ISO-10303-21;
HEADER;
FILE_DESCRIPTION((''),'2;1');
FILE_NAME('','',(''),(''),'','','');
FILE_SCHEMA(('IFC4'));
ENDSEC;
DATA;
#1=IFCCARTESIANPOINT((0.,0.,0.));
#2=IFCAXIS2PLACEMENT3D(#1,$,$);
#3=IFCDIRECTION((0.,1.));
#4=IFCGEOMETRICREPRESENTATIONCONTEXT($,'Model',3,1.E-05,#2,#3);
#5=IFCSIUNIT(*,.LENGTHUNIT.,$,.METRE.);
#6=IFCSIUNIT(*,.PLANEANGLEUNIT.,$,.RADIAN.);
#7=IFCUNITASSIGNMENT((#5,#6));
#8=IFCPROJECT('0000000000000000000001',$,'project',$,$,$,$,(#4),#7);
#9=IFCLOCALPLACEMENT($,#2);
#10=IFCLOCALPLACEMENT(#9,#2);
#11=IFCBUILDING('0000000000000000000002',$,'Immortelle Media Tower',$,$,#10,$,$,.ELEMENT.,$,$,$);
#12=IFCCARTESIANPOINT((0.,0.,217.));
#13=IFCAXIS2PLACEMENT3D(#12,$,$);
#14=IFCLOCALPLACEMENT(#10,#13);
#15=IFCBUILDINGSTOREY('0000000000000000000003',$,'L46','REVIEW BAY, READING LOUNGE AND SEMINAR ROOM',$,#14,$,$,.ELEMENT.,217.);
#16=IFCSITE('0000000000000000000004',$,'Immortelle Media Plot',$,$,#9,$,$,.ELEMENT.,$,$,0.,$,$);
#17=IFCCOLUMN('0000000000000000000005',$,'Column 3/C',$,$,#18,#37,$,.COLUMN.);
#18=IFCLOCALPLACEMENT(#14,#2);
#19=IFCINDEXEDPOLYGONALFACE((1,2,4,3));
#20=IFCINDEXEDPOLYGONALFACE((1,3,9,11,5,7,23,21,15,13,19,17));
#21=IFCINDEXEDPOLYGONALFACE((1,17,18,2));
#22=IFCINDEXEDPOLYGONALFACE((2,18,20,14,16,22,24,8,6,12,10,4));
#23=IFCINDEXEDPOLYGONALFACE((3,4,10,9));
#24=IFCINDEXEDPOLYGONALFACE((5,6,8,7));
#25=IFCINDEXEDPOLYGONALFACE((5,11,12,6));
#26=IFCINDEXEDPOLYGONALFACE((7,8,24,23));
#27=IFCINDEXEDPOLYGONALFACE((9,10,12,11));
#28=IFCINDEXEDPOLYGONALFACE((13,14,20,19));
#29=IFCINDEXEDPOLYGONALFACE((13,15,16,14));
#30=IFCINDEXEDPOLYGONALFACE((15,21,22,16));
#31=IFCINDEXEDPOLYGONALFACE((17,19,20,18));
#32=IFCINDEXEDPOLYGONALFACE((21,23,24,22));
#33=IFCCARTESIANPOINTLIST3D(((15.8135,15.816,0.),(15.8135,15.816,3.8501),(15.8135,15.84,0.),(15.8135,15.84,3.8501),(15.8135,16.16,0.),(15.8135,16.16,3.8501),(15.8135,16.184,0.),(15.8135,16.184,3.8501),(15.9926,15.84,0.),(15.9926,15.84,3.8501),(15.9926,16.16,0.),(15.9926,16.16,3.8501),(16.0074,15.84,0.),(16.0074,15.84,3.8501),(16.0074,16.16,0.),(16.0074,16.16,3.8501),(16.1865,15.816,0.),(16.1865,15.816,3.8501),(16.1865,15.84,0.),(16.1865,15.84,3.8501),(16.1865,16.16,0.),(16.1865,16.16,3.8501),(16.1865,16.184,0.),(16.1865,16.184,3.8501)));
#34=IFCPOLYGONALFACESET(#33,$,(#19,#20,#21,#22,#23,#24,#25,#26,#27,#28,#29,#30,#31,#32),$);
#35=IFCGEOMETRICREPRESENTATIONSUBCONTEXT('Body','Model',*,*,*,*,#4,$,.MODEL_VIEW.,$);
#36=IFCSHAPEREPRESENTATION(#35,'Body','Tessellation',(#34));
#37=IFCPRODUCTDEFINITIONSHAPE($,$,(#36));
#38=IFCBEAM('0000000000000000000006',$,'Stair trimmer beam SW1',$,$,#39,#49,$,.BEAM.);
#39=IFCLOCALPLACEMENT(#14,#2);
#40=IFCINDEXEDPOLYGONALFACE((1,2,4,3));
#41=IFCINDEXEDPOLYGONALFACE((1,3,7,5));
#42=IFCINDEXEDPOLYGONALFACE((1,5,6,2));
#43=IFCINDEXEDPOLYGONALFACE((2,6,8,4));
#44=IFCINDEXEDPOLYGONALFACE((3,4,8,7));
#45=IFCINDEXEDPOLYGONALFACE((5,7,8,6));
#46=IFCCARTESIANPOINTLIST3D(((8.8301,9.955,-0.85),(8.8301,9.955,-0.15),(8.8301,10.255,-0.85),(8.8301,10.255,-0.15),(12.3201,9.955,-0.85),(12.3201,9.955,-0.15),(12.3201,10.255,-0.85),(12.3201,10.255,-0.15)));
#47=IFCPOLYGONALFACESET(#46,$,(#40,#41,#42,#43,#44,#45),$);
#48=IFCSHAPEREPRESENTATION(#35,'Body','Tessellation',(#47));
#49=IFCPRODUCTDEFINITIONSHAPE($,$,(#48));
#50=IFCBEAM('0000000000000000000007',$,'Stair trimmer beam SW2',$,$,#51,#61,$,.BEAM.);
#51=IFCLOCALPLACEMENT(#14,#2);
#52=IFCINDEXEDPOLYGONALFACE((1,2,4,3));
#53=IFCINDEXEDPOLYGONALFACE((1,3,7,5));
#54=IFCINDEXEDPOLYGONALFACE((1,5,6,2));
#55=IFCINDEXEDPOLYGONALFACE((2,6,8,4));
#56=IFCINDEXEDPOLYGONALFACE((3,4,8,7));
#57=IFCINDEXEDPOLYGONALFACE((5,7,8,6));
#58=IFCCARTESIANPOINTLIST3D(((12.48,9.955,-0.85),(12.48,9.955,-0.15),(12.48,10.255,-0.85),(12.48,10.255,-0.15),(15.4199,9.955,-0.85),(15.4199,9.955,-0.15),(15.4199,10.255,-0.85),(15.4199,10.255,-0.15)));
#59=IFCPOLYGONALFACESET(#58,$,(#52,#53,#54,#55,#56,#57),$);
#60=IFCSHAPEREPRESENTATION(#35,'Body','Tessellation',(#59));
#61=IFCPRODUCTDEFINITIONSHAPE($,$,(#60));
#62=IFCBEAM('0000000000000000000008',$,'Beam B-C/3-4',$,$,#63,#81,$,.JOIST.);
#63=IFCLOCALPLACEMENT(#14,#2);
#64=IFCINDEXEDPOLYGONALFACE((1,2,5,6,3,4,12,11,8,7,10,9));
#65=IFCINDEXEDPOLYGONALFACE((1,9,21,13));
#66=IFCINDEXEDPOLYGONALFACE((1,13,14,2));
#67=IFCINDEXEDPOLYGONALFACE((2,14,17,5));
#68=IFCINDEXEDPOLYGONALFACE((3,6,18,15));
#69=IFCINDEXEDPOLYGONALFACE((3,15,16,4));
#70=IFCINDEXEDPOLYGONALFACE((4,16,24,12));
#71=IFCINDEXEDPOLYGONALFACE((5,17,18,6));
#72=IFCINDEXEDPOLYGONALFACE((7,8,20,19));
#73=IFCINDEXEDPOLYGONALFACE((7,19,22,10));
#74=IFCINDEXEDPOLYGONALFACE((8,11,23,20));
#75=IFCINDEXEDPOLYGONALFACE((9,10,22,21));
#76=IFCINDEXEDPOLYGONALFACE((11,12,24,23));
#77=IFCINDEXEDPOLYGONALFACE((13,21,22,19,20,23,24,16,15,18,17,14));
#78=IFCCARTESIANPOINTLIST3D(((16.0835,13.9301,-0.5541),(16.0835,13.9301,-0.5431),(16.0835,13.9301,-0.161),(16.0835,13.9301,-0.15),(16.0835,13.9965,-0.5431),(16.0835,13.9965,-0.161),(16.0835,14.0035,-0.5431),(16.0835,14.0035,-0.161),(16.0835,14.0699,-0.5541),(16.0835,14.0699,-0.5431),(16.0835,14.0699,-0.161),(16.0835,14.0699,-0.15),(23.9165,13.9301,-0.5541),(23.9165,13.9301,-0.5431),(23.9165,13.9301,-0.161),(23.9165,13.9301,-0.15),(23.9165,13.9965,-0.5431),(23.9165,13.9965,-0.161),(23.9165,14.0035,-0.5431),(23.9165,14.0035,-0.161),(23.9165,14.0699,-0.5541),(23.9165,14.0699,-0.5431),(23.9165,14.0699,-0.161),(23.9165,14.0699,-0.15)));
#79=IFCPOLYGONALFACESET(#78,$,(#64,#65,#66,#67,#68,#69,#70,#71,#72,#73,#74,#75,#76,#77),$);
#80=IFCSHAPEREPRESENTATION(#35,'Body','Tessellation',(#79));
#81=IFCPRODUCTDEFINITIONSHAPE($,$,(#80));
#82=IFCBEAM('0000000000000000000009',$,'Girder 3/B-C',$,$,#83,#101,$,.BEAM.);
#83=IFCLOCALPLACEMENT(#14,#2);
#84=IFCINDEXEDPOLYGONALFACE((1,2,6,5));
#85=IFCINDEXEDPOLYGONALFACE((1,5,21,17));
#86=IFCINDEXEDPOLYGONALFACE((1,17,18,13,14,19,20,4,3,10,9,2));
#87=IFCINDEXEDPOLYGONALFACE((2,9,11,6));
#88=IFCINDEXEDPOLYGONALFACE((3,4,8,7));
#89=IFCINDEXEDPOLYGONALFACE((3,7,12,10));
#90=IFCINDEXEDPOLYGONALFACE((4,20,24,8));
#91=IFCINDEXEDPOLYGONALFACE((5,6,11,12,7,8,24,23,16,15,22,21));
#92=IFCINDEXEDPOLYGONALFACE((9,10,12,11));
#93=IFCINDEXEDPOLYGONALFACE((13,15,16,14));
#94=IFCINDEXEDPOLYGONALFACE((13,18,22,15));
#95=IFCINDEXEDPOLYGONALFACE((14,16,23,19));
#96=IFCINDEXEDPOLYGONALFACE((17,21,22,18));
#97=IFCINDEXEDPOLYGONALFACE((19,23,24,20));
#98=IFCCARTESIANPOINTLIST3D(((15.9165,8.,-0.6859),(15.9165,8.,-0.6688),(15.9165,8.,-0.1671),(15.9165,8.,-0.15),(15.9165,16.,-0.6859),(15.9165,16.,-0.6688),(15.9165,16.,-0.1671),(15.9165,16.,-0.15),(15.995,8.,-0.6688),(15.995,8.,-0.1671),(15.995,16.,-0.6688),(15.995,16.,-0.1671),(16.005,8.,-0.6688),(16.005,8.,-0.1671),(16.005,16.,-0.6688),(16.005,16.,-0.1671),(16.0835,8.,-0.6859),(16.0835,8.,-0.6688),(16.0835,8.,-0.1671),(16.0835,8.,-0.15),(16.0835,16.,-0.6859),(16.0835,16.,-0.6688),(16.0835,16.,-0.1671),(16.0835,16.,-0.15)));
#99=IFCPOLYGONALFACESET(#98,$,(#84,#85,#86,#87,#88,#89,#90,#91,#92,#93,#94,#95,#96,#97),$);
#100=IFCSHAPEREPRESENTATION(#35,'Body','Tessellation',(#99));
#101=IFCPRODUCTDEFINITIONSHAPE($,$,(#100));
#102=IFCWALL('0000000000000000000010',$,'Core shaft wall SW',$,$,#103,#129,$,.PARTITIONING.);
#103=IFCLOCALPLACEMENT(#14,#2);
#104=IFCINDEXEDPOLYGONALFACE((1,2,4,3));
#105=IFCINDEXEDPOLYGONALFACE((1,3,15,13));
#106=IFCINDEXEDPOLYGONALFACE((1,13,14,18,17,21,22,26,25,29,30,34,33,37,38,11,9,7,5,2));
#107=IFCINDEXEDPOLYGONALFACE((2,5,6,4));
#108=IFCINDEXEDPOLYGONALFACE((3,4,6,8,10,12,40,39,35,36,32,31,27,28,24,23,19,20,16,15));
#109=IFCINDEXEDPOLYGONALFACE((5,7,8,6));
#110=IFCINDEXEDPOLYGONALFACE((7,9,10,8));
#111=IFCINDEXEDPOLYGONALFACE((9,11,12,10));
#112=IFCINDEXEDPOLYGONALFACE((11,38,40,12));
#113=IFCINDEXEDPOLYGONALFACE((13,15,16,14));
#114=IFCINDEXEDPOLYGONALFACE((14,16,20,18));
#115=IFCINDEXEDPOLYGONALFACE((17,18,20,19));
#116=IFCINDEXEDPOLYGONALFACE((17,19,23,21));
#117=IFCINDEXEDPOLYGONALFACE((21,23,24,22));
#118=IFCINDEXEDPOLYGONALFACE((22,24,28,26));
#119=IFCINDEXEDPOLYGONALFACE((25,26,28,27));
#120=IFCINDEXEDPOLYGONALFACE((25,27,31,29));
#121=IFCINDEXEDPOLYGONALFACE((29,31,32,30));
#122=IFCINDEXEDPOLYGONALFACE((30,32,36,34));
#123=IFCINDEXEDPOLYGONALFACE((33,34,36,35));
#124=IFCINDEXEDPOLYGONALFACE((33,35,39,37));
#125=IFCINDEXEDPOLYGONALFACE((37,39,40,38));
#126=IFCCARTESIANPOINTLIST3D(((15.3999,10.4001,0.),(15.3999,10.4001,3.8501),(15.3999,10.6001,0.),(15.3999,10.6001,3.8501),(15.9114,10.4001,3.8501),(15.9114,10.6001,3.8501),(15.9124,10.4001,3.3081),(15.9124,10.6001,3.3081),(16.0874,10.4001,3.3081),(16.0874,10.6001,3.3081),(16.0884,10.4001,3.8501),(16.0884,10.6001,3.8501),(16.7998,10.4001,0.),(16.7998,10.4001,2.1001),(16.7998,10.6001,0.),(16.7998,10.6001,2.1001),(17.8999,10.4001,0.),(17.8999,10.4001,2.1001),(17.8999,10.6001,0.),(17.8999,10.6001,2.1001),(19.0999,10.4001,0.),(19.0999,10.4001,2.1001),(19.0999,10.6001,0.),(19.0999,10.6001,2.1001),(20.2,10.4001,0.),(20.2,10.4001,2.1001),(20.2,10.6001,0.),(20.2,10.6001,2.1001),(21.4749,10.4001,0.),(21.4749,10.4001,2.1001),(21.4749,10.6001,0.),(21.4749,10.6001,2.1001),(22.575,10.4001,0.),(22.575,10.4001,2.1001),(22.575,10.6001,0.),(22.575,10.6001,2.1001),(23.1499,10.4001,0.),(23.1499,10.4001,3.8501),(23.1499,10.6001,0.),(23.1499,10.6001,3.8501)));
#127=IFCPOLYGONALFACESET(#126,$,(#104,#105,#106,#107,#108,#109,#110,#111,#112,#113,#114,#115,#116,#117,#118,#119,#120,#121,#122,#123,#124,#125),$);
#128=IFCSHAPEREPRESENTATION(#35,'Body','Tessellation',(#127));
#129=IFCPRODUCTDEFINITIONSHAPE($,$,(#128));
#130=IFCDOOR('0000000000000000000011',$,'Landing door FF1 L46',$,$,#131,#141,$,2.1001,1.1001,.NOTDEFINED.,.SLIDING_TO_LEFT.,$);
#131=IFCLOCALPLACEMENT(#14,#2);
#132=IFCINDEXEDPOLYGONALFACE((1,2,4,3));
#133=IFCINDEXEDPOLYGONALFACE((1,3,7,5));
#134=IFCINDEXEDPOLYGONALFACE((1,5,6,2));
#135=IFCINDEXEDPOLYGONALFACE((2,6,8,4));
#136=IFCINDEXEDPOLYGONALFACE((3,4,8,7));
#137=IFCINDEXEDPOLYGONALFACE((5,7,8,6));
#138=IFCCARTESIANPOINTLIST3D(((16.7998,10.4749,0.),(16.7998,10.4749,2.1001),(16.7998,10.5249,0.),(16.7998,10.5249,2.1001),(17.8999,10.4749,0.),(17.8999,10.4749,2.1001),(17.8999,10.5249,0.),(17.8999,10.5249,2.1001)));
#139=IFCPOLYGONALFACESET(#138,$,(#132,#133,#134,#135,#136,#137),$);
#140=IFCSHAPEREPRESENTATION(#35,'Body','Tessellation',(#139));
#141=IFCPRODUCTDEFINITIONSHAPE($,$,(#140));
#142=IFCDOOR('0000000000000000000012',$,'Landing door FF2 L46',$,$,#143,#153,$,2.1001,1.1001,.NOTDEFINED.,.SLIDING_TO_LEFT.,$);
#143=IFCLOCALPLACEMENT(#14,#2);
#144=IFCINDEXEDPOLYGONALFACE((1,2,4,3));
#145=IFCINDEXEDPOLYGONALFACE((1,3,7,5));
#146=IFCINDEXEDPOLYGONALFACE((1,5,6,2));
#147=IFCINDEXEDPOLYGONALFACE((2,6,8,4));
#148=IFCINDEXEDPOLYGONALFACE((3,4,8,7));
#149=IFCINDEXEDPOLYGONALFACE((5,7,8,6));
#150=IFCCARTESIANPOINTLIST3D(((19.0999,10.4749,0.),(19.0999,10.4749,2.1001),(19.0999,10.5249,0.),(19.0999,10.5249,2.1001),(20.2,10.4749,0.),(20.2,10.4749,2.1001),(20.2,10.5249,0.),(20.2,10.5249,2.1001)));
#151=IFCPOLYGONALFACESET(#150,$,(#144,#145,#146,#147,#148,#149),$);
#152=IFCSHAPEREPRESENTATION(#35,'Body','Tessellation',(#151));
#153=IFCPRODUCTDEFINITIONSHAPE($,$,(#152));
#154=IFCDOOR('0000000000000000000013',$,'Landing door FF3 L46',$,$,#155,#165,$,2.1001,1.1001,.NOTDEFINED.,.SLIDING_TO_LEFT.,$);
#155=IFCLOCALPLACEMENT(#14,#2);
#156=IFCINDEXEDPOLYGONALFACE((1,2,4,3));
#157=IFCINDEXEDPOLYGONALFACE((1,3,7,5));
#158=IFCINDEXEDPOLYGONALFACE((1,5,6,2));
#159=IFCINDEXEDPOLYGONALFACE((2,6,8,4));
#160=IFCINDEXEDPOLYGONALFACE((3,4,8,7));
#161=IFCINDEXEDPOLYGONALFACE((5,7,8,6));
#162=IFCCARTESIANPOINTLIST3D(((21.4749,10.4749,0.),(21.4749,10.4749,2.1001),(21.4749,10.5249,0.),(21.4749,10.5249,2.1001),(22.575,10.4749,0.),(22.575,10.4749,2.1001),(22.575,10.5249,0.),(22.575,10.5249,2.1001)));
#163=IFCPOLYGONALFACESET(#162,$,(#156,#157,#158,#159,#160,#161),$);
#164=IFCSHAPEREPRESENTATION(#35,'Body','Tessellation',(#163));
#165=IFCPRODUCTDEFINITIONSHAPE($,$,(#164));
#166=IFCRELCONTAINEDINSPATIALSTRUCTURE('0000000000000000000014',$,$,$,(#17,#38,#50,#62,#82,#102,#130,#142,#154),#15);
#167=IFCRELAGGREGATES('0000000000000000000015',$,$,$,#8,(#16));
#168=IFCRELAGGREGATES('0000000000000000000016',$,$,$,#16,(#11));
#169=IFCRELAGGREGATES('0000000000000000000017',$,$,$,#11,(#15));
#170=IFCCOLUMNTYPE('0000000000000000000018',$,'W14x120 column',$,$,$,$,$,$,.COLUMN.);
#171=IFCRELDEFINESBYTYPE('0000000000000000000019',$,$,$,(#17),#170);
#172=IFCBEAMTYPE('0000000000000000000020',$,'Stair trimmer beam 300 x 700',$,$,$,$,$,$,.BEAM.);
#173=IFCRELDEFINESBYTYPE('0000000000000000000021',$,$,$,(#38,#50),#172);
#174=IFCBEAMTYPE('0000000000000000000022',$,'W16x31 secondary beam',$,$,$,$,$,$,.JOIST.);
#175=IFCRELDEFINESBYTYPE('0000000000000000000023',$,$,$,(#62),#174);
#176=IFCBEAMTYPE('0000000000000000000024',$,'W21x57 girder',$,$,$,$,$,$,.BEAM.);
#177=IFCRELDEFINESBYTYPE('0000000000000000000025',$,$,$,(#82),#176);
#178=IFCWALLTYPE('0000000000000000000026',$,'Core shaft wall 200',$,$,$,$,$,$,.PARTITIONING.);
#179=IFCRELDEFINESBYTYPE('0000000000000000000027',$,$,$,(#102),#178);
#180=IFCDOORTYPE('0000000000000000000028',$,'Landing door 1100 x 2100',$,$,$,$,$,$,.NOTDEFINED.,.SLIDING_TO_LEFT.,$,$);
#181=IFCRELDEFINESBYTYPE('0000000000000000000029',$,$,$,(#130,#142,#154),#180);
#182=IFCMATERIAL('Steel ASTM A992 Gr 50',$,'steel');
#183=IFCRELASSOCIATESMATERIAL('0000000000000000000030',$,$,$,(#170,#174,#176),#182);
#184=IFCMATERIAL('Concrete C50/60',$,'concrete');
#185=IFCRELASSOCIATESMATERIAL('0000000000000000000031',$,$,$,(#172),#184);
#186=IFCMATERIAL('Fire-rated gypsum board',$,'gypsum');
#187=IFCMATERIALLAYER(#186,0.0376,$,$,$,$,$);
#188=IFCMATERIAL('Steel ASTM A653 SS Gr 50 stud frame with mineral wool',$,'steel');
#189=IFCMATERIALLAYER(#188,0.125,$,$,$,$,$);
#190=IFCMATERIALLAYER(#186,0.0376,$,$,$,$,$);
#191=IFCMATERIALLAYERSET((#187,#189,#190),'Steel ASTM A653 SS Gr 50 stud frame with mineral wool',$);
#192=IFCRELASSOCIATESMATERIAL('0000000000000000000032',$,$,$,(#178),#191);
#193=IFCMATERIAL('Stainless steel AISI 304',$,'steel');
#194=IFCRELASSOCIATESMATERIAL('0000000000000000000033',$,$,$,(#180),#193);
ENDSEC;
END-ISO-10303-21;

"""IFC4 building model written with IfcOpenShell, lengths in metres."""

from ifc_helpers import new_model, si_unit, direction, frame, frame_2d, origin, origin_2d, place, context, subcontext, project, spatial, polyline, rectangle, i_section, outline, extrude, material, layer, layer_set, material_profile, profile_set, type_object, element, fill, save


model = new_model("IFC4")

# Units and contexts
model_context = context("Model", 3, precision=1e-05, world=origin(), true_north=direction((0.0, 1.0)))
body_context = subcontext(model_context, "Body", "Model", "MODEL_VIEW")
ifc_project = project(units=[si_unit("LENGTHUNIT", "METRE"), si_unit("PLANEANGLEUNIT", "RADIAN")], contexts=[model_context])

# Site, building, storey
site_placement = place(None, origin())
site = spatial("IfcSite", under=ifc_project, at=site_placement, Name="Immortelle Media Plot", CompositionType="ELEMENT", RefElevation=0.0)
building_placement = place(site_placement, origin())
building = spatial("IfcBuilding", under=site, at=building_placement, Name="Immortelle Media Tower", CompositionType="ELEMENT")
storey_placement = place(building_placement, frame((0.0, 0.0, 217.0)))
storey = spatial("IfcBuildingStorey", under=building, at=storey_placement, Name="L46", Description="REVIEW BAY, READING LOUNGE AND SEMINAR ROOM", CompositionType="ELEMENT", Elevation=217.0)

# Column
ifc_material_1 = material(Name="Steel ASTM A992 Gr 50", Category="steel")
ifc_material_profile_1 = material_profile(ifc_material_1, i_section(OverallWidth=0.373, OverallDepth=0.3679, WebThickness=0.0149, FlangeThickness=0.0239, at=origin_2d()), Name="W14x120")
ifc_profile_set_1 = profile_set([ifc_material_profile_1], Name="Steel ASTM A992 Gr 50")
column_type = type_object("IfcColumnType", Name="W14x120 column", PredefinedType="COLUMN", material=ifc_profile_set_1)
column_placement = place(storey_placement, frame((16.0, 16.0, 0.0), z_axis=(0.0, 0.0, 1.0), x_axis=(1.0, 0.0, 0.0)))
element("IfcColumn", 1, at=column_placement, inside=storey, type_object=column_type, Name="Column 3/C", PredefinedType="COLUMN", context=body_context, shape_type="SweptSolid", body=[
    extrude(i_section(OverallWidth=0.373, OverallDepth=0.3679, WebThickness=0.0149, FlangeThickness=0.0239, at=origin_2d()), origin(), (0.0, 0.0, 1.0), 3.8501),
])

# Beams
ifc_material_2 = material(Name="Concrete C50/60", Category="concrete")
ifc_material_profile_2 = material_profile(ifc_material_2, rectangle(XDim=0.3, YDim=0.7, at=origin_2d()), Name="RC 300x700")
ifc_profile_set_2 = profile_set([ifc_material_profile_2], Name="Concrete C50/60")
beam_type_1 = type_object("IfcBeamType", Name="Stair trimmer beam 300 x 700", PredefinedType="BEAM", material=ifc_profile_set_2)
beam_1_placement = place(storey_placement, frame((8.8301, 10.105, -0.5), z_axis=(1.0, 0.0, 0.0), x_axis=(0.0, 1.0, 0.0)))
element("IfcBeam", 2, at=beam_1_placement, inside=storey, type_object=beam_type_1, Name="Stair trimmer beam SW1", PredefinedType="BEAM", context=body_context, shape_type="SweptSolid", body=[
    extrude(rectangle(XDim=0.3, YDim=0.7, at=origin_2d()), origin(), (0.0, 0.0, 1.0), 3.49),
])
beam_2_placement = place(storey_placement, frame((12.48, 10.105, -0.5), z_axis=(1.0, 0.0, 0.0), x_axis=(0.0, 1.0, 0.0)))
element("IfcBeam", 3, at=beam_2_placement, inside=storey, type_object=beam_type_1, Name="Stair trimmer beam SW2", PredefinedType="BEAM", context=body_context, shape_type="SweptSolid", body=[
    extrude(rectangle(XDim=0.3, YDim=0.7, at=origin_2d()), origin(), (0.0, 0.0, 1.0), 2.9399),
])
ifc_material_profile_3 = material_profile(ifc_material_1, i_section(OverallWidth=0.1399, OverallDepth=0.4041, WebThickness=0.0071, FlangeThickness=0.011, at=origin_2d()), Name="W16x31")
ifc_profile_set_3 = profile_set([ifc_material_profile_3], Name="Steel ASTM A992 Gr 50")
beam_type_2 = type_object("IfcBeamType", Name="W16x31 secondary beam", PredefinedType="JOIST", material=ifc_profile_set_3)
beam_3_placement = place(storey_placement, frame((16.0835, 14.0, -0.3521), z_axis=(1.0, 0.0, 0.0), x_axis=(0.0, 1.0, 0.0)))
element("IfcBeam", 4, at=beam_3_placement, inside=storey, type_object=beam_type_2, Name="Beam B-C/3-4", PredefinedType="JOIST", context=body_context, shape_type="SweptSolid", body=[
    extrude(i_section(OverallWidth=0.1399, OverallDepth=0.4041, WebThickness=0.0071, FlangeThickness=0.011, at=origin_2d()), origin(), (0.0, 0.0, 1.0), 7.833),
])
ifc_material_profile_4 = material_profile(ifc_material_1, i_section(OverallWidth=0.167, OverallDepth=0.5359, WebThickness=0.01, FlangeThickness=0.0171, at=origin_2d()), Name="W21x57")
ifc_profile_set_4 = profile_set([ifc_material_profile_4], Name="Steel ASTM A992 Gr 50")
beam_type_3 = type_object("IfcBeamType", Name="W21x57 girder", PredefinedType="BEAM", material=ifc_profile_set_4)
beam_4_placement = place(storey_placement, frame((16.0, 8.0, -0.418), z_axis=(0.0, 1.0, 0.0), x_axis=(-1.0, 0.0, 0.0)))
element("IfcBeam", 5, at=beam_4_placement, inside=storey, type_object=beam_type_3, Name="Girder 3/B-C", PredefinedType="BEAM", context=body_context, shape_type="SweptSolid", body=[
    extrude(i_section(OverallWidth=0.167, OverallDepth=0.5359, WebThickness=0.01, FlangeThickness=0.0171, at=origin_2d()), origin(), (0.0, 0.0, 1.0), 8.0),
])

# Wall, openings, doors
ifc_material_3 = material(Name="Fire-rated gypsum board", Category="gypsum")
ifc_layer_1 = layer(ifc_material_3, 0.0376)
ifc_material_4 = material(Name="Steel ASTM A653 SS Gr 50 stud frame with mineral wool", Category="steel")
ifc_layer_2 = layer(ifc_material_4, 0.125)
ifc_layer_3 = layer(ifc_material_3, 0.0376)
ifc_layer_set_1 = layer_set([ifc_layer_1, ifc_layer_2, ifc_layer_3], Name="Steel ASTM A653 SS Gr 50 stud frame with mineral wool")
wall_type_1 = type_object("IfcWallType", Name="Core shaft wall 200", PredefinedType="PARTITIONING", material=ifc_layer_set_1)
wall_1_placement = place(storey_placement, frame((15.3999, 10.5, 0.0), z_axis=(0.0, 0.0, 1.0), x_axis=(1.0, 0.0, 0.0)))
wall_1 = element("IfcWall", 6, at=wall_1_placement, inside=storey, type_object=wall_type_1, Name="Core shaft wall SW", PredefinedType="PARTITIONING", context=body_context, shape_type="SweptSolid", body=[
    extrude(outline(polyline([(0.0, 0.0), (7.75, 0.0), (7.75, 3.8501), (0.6885, 3.8501), (0.6875, 3.3081), (0.5125, 3.3081), (0.5115, 3.8501), (0.0, 3.8501), (0.0, 0.0)])), frame((0.0, 0.1001, 0.0), z_axis=(0.0, -1.0, 0.0), x_axis=(1.0, 0.0, 0.0)), (0.0, 0.0, 1.0), 0.2),
])
opening_1_placement = place(wall_1_placement, frame((1.3999, 0.0, 0.0)))
opening_1 = element("IfcOpeningElement", 7, at=opening_1_placement, cuts=wall_1, PredefinedType="OPENING", context=body_context, shape_type="SweptSolid", body=[
    extrude(rectangle(XDim=1.1001, YDim=2.1001, at=frame_2d((0.55, 1.05))), frame((0.0, 0.1099, 0.0), z_axis=(0.0, -1.0, 0.0), x_axis=(1.0, 0.0, 0.0)), (0.0, 0.0, 1.0), 0.22),
])
opening_2_placement = place(wall_1_placement, frame((3.7, 0.0, 0.0)))
opening_2 = element("IfcOpeningElement", 8, at=opening_2_placement, cuts=wall_1, PredefinedType="OPENING", context=body_context, shape_type="SweptSolid", body=[
    extrude(rectangle(XDim=1.1001, YDim=2.1001, at=frame_2d((0.55, 1.05))), frame((0.0, 0.1099, 0.0), z_axis=(0.0, -1.0, 0.0), x_axis=(1.0, 0.0, 0.0)), (0.0, 0.0, 1.0), 0.22),
])
opening_3_placement = place(wall_1_placement, frame((6.075, 0.0, 0.0)))
opening_3 = element("IfcOpeningElement", 9, at=opening_3_placement, cuts=wall_1, PredefinedType="OPENING", context=body_context, shape_type="SweptSolid", body=[
    extrude(rectangle(XDim=1.1001, YDim=2.1001, at=frame_2d((0.55, 1.05))), frame((0.0, 0.1099, 0.0), z_axis=(0.0, -1.0, 0.0), x_axis=(1.0, 0.0, 0.0)), (0.0, 0.0, 1.0), 0.22),
])
ifc_material_5 = material(Name="Stainless steel AISI 304", Category="steel")
door_type_1 = type_object("IfcDoorType", Name="Landing door 1100 x 2100", OperationType="SLIDING_TO_LEFT", PredefinedType="NOTDEFINED", material=ifc_material_5)
door_1_placement = place(opening_1_placement, origin())
door_1 = element("IfcDoor", 10, at=door_1_placement, inside=storey, type_object=door_type_1, Name="Landing door FF1 L46", OperationType="SLIDING_TO_LEFT", OverallHeight=2.1001, OverallWidth=1.1001, PredefinedType="NOTDEFINED", context=body_context, shape_type="SweptSolid", body=[
    extrude(rectangle(XDim=1.1001, YDim=2.1001, at=frame_2d((0.55, 1.05))), frame((0.0, 0.0249, 0.0), z_axis=(0.0, -1.0, 0.0), x_axis=(1.0, 0.0, 0.0)), (0.0, 0.0, 1.0), 0.05),
])
fill(opening_1, door_1)
door_2_placement = place(opening_2_placement, origin())
door_2 = element("IfcDoor", 11, at=door_2_placement, inside=storey, type_object=door_type_1, Name="Landing door FF2 L46", OperationType="SLIDING_TO_LEFT", OverallHeight=2.1001, OverallWidth=1.1001, PredefinedType="NOTDEFINED", context=body_context, shape_type="SweptSolid", body=[
    extrude(rectangle(XDim=1.1001, YDim=2.1001, at=frame_2d((0.55, 1.05))), frame((0.0, 0.0249, 0.0), z_axis=(0.0, -1.0, 0.0), x_axis=(1.0, 0.0, 0.0)), (0.0, 0.0, 1.0), 0.05),
])
fill(opening_2, door_2)
door_3_placement = place(opening_3_placement, origin())
door_3 = element("IfcDoor", 12, at=door_3_placement, inside=storey, type_object=door_type_1, Name="Landing door FF3 L46", OperationType="SLIDING_TO_LEFT", OverallHeight=2.1001, OverallWidth=1.1001, PredefinedType="NOTDEFINED", context=body_context, shape_type="SweptSolid", body=[
    extrude(rectangle(XDim=1.1001, YDim=2.1001, at=frame_2d((0.55, 1.05))), frame((0.0, 0.0249, 0.0), z_axis=(0.0, -1.0, 0.0), x_axis=(1.0, 0.0, 0.0)), (0.0, 0.0, 1.0), 0.05),
])
fill(opening_3, door_3)

save(model, "model.ifc")
